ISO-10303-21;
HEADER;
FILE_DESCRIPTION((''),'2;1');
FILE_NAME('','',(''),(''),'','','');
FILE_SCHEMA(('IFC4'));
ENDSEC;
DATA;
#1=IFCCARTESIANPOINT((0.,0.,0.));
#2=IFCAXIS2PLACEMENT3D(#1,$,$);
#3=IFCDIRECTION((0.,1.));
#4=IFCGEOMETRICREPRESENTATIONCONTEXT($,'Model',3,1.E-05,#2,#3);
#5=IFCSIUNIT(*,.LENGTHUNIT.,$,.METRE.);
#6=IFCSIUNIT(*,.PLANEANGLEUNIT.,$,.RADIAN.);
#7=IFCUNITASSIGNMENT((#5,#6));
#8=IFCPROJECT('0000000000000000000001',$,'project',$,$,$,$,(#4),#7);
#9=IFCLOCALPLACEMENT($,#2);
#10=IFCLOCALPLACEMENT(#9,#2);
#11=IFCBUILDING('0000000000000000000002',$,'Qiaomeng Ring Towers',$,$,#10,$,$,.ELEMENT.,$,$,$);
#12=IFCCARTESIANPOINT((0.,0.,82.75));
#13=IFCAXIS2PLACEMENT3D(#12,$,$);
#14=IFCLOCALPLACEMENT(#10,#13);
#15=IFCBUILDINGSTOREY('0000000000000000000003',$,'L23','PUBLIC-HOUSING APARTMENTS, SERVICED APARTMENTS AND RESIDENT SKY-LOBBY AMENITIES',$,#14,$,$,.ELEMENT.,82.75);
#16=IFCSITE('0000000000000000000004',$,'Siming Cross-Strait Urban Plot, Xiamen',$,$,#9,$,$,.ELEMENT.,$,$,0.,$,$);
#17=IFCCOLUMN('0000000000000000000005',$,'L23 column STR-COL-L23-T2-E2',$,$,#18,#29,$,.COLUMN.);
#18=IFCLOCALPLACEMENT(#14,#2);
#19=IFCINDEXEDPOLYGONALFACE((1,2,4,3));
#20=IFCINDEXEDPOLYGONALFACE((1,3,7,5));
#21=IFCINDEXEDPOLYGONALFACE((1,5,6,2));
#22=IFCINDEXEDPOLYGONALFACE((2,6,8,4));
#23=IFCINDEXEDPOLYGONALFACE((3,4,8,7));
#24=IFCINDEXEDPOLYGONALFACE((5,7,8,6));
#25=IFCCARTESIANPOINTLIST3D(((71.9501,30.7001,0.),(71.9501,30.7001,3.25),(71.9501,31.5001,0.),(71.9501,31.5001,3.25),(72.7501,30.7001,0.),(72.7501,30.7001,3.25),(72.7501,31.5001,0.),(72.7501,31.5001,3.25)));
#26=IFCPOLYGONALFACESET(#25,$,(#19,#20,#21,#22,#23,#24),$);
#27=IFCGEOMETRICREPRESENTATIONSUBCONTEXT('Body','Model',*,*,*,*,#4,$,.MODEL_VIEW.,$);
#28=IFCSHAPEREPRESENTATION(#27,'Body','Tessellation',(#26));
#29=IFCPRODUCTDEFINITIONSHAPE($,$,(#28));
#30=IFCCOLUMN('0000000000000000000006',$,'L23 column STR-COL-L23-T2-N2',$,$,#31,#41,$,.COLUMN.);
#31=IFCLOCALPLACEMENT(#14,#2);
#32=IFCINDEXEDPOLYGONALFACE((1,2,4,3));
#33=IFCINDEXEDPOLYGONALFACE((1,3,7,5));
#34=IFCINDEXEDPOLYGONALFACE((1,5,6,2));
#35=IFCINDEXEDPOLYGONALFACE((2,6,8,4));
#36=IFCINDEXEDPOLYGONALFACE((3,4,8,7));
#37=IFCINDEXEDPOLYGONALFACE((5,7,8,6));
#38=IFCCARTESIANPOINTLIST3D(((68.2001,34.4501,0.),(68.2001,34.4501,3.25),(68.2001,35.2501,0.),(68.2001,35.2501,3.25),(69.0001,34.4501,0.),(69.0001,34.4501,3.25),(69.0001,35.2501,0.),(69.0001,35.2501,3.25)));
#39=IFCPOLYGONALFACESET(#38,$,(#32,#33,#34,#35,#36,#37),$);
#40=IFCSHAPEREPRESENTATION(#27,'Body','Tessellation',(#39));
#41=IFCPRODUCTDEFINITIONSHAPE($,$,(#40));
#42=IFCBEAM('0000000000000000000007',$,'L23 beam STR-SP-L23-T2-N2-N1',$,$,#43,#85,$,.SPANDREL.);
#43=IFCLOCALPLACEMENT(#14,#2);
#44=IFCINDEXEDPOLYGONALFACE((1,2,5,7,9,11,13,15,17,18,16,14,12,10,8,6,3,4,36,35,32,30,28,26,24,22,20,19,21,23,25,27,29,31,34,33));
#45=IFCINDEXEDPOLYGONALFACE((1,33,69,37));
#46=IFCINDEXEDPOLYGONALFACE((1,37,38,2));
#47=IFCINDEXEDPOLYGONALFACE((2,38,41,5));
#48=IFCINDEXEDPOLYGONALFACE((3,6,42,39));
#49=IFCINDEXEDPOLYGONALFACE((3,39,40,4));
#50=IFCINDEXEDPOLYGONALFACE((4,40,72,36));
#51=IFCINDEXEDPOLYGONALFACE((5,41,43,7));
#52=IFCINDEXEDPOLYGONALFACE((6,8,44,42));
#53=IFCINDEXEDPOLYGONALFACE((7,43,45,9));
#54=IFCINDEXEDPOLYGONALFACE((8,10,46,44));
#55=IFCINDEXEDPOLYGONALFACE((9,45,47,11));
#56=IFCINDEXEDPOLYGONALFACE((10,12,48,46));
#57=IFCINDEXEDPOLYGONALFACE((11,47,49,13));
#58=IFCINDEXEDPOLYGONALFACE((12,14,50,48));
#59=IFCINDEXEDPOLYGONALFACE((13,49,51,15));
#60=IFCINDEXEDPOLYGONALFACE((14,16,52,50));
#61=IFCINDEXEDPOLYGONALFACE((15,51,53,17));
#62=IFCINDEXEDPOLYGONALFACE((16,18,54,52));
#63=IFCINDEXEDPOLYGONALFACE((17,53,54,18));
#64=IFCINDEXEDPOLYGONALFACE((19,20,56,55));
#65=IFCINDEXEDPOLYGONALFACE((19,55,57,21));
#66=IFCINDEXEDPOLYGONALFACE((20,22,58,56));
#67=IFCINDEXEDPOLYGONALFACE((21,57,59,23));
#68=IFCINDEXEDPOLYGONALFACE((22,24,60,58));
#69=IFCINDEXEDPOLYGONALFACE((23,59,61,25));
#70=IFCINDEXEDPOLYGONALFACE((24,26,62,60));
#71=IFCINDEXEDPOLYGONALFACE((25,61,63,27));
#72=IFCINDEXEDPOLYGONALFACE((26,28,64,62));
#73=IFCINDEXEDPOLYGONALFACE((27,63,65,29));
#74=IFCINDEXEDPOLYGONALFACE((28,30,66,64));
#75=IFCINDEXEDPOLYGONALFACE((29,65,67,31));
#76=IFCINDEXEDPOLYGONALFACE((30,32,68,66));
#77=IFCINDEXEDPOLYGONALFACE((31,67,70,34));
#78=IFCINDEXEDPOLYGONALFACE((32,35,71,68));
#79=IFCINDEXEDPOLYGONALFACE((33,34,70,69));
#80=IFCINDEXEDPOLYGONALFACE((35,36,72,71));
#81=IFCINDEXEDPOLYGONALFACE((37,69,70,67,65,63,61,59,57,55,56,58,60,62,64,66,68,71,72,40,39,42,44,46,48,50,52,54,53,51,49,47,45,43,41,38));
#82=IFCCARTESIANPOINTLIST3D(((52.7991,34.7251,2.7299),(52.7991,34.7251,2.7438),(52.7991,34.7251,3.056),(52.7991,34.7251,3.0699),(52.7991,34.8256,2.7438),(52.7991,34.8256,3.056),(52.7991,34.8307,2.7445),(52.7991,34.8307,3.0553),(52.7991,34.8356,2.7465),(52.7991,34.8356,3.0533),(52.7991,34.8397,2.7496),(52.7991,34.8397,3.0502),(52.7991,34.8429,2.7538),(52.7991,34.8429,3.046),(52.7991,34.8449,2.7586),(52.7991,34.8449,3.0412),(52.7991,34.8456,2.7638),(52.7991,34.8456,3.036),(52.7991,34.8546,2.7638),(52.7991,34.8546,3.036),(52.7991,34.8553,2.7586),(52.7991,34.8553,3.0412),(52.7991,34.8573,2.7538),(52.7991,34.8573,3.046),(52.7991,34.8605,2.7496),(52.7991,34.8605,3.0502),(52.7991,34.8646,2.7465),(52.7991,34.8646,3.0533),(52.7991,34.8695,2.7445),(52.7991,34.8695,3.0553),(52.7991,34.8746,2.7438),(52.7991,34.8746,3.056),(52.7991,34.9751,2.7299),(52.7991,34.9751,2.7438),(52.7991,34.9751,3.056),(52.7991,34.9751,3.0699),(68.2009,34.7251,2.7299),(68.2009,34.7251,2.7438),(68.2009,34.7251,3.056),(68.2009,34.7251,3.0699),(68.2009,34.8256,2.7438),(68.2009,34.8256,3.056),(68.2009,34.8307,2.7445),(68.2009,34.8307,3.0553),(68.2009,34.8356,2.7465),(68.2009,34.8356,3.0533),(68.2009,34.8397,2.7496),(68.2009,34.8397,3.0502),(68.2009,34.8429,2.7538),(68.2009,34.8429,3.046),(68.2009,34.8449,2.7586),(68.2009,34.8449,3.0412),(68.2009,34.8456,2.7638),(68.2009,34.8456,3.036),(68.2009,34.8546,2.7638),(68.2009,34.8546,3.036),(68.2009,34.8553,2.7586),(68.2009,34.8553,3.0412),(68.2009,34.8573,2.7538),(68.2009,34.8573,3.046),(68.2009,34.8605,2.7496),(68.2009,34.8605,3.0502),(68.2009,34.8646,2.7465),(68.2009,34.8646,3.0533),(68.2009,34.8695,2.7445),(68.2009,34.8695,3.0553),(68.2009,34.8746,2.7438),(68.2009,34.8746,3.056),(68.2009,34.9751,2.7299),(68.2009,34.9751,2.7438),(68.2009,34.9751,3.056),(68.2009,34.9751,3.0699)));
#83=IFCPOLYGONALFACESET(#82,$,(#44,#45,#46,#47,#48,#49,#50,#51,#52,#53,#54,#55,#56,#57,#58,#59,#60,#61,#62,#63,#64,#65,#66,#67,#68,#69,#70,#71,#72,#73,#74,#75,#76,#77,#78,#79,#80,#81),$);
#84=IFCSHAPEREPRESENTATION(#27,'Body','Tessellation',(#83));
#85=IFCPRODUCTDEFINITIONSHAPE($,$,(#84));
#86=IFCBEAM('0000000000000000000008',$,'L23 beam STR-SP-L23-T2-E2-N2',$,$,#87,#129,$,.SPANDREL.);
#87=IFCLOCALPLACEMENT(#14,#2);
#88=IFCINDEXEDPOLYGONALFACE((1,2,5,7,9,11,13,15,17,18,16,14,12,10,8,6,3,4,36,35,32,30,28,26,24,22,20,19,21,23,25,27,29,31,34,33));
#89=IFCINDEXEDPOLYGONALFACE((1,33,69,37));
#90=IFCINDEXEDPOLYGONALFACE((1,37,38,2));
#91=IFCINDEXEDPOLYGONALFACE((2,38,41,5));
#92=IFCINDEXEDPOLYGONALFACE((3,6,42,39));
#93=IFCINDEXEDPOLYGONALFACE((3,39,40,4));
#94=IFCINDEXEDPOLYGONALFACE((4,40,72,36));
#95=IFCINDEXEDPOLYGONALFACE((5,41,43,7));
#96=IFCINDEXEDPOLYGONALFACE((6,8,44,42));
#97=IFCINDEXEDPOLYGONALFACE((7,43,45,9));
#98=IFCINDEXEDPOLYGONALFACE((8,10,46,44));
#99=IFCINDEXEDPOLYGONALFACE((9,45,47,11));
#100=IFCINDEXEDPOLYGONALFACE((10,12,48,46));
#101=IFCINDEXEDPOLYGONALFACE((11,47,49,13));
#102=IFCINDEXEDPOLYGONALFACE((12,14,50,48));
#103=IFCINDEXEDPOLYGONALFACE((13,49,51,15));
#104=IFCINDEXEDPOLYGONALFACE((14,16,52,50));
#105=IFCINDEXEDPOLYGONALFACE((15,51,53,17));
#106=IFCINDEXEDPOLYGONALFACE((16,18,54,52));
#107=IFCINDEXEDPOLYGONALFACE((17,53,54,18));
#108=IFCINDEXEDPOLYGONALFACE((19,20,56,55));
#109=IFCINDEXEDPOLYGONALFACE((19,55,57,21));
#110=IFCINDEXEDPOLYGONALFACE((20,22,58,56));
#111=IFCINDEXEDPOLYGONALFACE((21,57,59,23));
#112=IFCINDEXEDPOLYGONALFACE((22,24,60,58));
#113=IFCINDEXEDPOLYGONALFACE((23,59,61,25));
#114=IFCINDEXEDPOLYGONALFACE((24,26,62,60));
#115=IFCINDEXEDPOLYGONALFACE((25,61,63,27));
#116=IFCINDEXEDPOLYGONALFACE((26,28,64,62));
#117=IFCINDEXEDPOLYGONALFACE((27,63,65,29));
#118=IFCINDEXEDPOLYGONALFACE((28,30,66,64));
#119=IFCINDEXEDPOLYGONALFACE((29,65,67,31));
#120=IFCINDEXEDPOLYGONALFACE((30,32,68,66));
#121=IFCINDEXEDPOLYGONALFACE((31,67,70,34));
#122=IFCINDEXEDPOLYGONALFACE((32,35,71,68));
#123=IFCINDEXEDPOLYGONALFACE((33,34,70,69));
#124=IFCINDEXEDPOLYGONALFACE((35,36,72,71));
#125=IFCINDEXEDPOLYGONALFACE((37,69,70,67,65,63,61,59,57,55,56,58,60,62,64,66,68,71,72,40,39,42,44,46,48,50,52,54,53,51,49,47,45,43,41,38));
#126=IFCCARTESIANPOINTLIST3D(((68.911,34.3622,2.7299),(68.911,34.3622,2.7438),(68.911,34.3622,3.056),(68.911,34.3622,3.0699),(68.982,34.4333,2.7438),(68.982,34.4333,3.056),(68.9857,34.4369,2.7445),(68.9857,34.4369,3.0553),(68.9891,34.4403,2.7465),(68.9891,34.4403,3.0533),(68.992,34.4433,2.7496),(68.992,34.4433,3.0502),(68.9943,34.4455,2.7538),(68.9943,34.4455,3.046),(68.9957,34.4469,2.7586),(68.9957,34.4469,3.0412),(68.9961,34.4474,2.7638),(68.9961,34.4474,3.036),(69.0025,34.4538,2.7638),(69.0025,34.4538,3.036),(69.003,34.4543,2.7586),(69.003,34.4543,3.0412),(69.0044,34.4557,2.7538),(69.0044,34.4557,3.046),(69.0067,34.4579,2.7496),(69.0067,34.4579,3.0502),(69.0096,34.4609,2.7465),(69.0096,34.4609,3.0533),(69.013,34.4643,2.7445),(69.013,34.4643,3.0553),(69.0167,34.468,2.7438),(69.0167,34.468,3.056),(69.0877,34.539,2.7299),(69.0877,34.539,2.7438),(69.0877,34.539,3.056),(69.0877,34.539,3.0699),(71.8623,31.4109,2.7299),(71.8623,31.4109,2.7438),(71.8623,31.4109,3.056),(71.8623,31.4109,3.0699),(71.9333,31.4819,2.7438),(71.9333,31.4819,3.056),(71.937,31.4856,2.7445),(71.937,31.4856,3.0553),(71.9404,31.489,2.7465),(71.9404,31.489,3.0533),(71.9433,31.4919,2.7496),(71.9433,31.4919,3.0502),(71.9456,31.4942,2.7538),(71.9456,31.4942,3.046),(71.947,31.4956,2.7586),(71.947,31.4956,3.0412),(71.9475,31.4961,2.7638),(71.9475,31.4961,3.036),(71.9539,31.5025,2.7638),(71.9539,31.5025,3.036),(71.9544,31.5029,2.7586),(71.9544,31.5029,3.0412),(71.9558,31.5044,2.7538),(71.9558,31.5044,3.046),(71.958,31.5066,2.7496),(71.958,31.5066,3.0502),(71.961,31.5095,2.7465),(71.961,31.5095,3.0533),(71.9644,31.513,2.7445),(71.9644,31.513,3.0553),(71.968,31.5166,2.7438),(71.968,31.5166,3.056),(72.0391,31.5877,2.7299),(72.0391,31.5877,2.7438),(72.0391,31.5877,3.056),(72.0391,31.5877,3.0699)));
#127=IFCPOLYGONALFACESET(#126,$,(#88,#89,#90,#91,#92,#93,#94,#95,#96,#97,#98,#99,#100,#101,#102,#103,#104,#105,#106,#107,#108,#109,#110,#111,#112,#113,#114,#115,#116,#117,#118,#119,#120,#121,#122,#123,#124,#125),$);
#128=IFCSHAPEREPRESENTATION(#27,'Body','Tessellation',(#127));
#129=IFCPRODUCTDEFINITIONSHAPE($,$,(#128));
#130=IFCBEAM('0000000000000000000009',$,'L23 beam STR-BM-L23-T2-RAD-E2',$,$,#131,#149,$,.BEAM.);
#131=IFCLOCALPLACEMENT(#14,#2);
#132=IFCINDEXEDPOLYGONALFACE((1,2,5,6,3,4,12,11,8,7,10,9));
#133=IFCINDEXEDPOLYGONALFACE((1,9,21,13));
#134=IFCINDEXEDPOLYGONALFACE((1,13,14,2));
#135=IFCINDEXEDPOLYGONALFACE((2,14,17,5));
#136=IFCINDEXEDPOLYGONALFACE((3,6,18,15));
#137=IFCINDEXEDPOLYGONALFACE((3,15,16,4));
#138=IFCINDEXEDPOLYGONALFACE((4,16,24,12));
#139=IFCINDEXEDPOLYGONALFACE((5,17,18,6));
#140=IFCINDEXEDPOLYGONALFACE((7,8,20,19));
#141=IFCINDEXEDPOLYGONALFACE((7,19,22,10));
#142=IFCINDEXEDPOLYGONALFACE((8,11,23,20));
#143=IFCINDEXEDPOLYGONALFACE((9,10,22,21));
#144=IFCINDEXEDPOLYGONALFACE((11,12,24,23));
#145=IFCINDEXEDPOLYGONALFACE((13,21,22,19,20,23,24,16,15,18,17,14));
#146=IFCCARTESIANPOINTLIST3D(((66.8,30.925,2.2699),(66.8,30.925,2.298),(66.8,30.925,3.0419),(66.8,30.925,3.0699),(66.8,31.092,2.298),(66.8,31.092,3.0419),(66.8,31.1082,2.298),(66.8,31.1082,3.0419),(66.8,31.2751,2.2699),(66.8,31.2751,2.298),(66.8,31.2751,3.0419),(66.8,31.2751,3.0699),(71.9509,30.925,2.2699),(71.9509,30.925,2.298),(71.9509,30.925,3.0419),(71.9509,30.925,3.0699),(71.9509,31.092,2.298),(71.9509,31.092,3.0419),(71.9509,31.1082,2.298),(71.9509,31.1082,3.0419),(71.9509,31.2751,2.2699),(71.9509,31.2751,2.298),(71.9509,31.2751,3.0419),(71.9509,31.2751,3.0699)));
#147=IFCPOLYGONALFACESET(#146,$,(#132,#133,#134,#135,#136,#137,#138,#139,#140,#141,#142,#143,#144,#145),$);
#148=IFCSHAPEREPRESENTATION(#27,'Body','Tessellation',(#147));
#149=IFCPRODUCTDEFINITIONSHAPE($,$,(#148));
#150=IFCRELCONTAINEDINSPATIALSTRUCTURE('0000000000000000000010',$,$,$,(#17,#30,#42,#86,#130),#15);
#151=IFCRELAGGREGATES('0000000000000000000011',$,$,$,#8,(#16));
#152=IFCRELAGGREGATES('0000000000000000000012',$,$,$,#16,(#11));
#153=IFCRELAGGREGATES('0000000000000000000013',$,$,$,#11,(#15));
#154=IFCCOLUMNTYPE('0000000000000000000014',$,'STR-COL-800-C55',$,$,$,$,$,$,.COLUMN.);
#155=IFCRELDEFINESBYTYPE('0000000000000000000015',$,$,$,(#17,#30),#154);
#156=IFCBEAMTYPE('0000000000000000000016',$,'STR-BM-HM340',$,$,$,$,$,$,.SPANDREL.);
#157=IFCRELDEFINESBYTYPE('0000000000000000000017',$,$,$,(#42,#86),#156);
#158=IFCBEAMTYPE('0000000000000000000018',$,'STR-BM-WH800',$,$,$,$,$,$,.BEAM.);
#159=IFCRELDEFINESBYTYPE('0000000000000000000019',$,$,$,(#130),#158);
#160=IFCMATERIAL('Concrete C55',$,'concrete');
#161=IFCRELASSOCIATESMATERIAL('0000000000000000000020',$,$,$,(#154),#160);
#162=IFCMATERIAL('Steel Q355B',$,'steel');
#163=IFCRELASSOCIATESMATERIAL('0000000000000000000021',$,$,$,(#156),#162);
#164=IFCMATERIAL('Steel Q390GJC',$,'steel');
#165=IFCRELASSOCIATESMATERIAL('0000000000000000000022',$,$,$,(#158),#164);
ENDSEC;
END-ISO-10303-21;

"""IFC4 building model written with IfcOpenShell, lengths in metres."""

from ifc_helpers import new_model, si_unit, direction, frame, origin, origin_2d, place, context, subcontext, project, spatial, rectangle, i_section, extrude, source, transform, mapped, material, material_profile, profile_set, type_object, element, save


model = new_model("IFC4")

# Units and contexts
model_context = context("Model", 3, precision=1e-05, world=origin(), true_north=direction((0.0, 1.0)))
body_context = subcontext(model_context, "Body", "Model", "MODEL_VIEW")
ifc_project = project(units=[si_unit("LENGTHUNIT", "METRE"), si_unit("PLANEANGLEUNIT", "RADIAN")], contexts=[model_context])

# Site, building, storey
site_placement = place(None, origin())
site = spatial("IfcSite", under=ifc_project, at=site_placement, Name="Siming Cross-Strait Urban Plot, Xiamen", CompositionType="ELEMENT", RefElevation=0.0)
building_placement = place(site_placement, origin())
building = spatial("IfcBuilding", under=site, at=building_placement, Name="Qiaomeng Ring Towers", CompositionType="ELEMENT")
storey_placement = place(building_placement, frame((0.0, 0.0, 82.75)))
storey = spatial("IfcBuildingStorey", under=building, at=storey_placement, Name="L23", Description="PUBLIC-HOUSING APARTMENTS, SERVICED APARTMENTS AND RESIDENT SKY-LOBBY AMENITIES", CompositionType="ELEMENT", Elevation=82.75)

# Columns
ifc_material_1 = material(Name="Concrete C55", Category="concrete")
ifc_material_profile_1 = material_profile(ifc_material_1, rectangle(XDim=0.8, YDim=0.8, at=origin_2d()), Name="RC COL 800x800")
ifc_profile_set_1 = profile_set([ifc_material_profile_1], Name="Concrete C55")
column_type = type_object("IfcColumnType", Name="STR-COL-800-C55", PredefinedType="COLUMN", material=ifc_profile_set_1)
shared_shape_1 = source(origin(), body_context, "Body", "SweptSolid", [
    extrude(rectangle(XDim=0.8, YDim=0.8, at=origin_2d()), origin(), (0.0, 0.0, 1.0), 3.25),
])
for number, where, z_axis, x_axis, name in (
    (1, (72.3501, 31.1001, 0.0), (0.0, 0.0, 1.0), (1.0, 0.0, 0.0), "L23 column STR-COL-L23-T2-E2"),
    (2, (68.6001, 34.8501, 0.0), (0.0, 0.0, 1.0), (1.0, 0.0, 0.0), "L23 column STR-COL-L23-T2-N2"),
):
    element("IfcColumn", number, at=place(storey_placement, frame(where, z_axis=z_axis, x_axis=x_axis)), inside=storey, type_object=column_type, Name=name, PredefinedType="COLUMN", context=body_context, shape_type="MappedRepresentation", body=[
        mapped(shared_shape_1, transform((0.0, 0.0, 0.0), x_axis=(1.0, 0.0, 0.0), y_axis=(0.0, 1.0, 0.0), z_axis=(0.0, 0.0, 1.0), scale=1.0)),
    ])

# Beams
ifc_material_2 = material(Name="Steel Q355B", Category="steel")
ifc_material_profile_2 = material_profile(ifc_material_2, i_section(OverallWidth=0.25, OverallDepth=0.3401, WebThickness=0.009, FlangeThickness=0.0139, FilletRadius=0.02, at=origin_2d()), Name="HM 340x250x9x14")
ifc_profile_set_2 = profile_set([ifc_material_profile_2], Name="Steel Q355B")
beam_type_1 = type_object("IfcBeamType", Name="STR-BM-HM340", PredefinedType="SPANDREL", material=ifc_profile_set_2)
shared_shape_2 = source(origin(), body_context, "Body", "SweptSolid", [
    extrude(i_section(OverallWidth=0.25, OverallDepth=0.3401, WebThickness=0.009, FlangeThickness=0.0139, FilletRadius=0.02, at=origin_2d()), origin(), (0.0, 0.0, 1.0), 15.4019),
])
beam_1_placement = place(storey_placement, frame((68.2009, 34.8501, 2.8999), z_axis=(-1.0, 0.0, 0.0), x_axis=(0.0, -1.0, 0.0)))
element("IfcBeam", 3, at=beam_1_placement, inside=storey, type_object=beam_type_1, Name="L23 beam STR-SP-L23-T2-N2-N1", PredefinedType="SPANDREL", context=body_context, shape_type="MappedRepresentation", body=[
    mapped(shared_shape_2, transform((0.0, 0.0, 0.0), x_axis=(1.0, 0.0, 0.0), y_axis=(0.0, 1.0, 0.0), z_axis=(0.0, 0.0, 1.0), scale=1.0)),
])
shared_shape_3 = source(origin(), body_context, "Body", "SweptSolid", [
    extrude(i_section(OverallWidth=0.25, OverallDepth=0.3401, WebThickness=0.009, FlangeThickness=0.0139, FilletRadius=0.02, at=origin_2d()), origin(), (0.0, 0.0, 1.0), 4.1738),
])
beam_2_placement = place(storey_placement, frame((71.9507, 31.4993, 2.8999), z_axis=(-0.707107, 0.707107, 0.0), x_axis=(-0.707107, -0.707107, 0.0)))
element("IfcBeam", 4, at=beam_2_placement, inside=storey, type_object=beam_type_1, Name="L23 beam STR-SP-L23-T2-E2-N2", PredefinedType="SPANDREL", context=body_context, shape_type="MappedRepresentation", body=[
    mapped(shared_shape_3, transform((0.0, 0.0, 0.0), x_axis=(1.0, 0.0, 0.0), y_axis=(0.0, 1.0, 0.0), z_axis=(0.0, 0.0, 1.0), scale=1.0)),
])
ifc_material_3 = material(Name="Steel Q390GJC", Category="steel")
ifc_material_profile_3 = material_profile(ifc_material_3, i_section(OverallWidth=0.3501, OverallDepth=0.8, WebThickness=0.0161, FlangeThickness=0.0281, at=origin_2d()), Name="WH 800x350x16x28")
ifc_profile_set_3 = profile_set([ifc_material_profile_3], Name="Steel Q390GJC")
beam_type_2 = type_object("IfcBeamType", Name="STR-BM-WH800", PredefinedType="BEAM", material=ifc_profile_set_3)
shared_shape_4 = source(origin(), body_context, "Body", "SweptSolid", [
    extrude(i_section(OverallWidth=0.3501, OverallDepth=0.8, WebThickness=0.0161, FlangeThickness=0.0281, at=origin_2d()), origin(), (0.0, 0.0, 1.0), 5.1509),
])
beam_3_placement = place(storey_placement, frame((66.8, 31.1001, 2.6699), z_axis=(1.0, 0.0, 0.0), x_axis=(0.0, 1.0, 0.0)))
element("IfcBeam", 5, at=beam_3_placement, inside=storey, type_object=beam_type_2, Name="L23 beam STR-BM-L23-T2-RAD-E2", PredefinedType="BEAM", context=body_context, shape_type="MappedRepresentation", body=[
    mapped(shared_shape_4, transform((0.0, 0.0, 0.0), x_axis=(1.0, 0.0, 0.0), y_axis=(0.0, 1.0, 0.0), z_axis=(0.0, 0.0, 1.0), scale=1.0)),
])

save(model, "model.ifc")
